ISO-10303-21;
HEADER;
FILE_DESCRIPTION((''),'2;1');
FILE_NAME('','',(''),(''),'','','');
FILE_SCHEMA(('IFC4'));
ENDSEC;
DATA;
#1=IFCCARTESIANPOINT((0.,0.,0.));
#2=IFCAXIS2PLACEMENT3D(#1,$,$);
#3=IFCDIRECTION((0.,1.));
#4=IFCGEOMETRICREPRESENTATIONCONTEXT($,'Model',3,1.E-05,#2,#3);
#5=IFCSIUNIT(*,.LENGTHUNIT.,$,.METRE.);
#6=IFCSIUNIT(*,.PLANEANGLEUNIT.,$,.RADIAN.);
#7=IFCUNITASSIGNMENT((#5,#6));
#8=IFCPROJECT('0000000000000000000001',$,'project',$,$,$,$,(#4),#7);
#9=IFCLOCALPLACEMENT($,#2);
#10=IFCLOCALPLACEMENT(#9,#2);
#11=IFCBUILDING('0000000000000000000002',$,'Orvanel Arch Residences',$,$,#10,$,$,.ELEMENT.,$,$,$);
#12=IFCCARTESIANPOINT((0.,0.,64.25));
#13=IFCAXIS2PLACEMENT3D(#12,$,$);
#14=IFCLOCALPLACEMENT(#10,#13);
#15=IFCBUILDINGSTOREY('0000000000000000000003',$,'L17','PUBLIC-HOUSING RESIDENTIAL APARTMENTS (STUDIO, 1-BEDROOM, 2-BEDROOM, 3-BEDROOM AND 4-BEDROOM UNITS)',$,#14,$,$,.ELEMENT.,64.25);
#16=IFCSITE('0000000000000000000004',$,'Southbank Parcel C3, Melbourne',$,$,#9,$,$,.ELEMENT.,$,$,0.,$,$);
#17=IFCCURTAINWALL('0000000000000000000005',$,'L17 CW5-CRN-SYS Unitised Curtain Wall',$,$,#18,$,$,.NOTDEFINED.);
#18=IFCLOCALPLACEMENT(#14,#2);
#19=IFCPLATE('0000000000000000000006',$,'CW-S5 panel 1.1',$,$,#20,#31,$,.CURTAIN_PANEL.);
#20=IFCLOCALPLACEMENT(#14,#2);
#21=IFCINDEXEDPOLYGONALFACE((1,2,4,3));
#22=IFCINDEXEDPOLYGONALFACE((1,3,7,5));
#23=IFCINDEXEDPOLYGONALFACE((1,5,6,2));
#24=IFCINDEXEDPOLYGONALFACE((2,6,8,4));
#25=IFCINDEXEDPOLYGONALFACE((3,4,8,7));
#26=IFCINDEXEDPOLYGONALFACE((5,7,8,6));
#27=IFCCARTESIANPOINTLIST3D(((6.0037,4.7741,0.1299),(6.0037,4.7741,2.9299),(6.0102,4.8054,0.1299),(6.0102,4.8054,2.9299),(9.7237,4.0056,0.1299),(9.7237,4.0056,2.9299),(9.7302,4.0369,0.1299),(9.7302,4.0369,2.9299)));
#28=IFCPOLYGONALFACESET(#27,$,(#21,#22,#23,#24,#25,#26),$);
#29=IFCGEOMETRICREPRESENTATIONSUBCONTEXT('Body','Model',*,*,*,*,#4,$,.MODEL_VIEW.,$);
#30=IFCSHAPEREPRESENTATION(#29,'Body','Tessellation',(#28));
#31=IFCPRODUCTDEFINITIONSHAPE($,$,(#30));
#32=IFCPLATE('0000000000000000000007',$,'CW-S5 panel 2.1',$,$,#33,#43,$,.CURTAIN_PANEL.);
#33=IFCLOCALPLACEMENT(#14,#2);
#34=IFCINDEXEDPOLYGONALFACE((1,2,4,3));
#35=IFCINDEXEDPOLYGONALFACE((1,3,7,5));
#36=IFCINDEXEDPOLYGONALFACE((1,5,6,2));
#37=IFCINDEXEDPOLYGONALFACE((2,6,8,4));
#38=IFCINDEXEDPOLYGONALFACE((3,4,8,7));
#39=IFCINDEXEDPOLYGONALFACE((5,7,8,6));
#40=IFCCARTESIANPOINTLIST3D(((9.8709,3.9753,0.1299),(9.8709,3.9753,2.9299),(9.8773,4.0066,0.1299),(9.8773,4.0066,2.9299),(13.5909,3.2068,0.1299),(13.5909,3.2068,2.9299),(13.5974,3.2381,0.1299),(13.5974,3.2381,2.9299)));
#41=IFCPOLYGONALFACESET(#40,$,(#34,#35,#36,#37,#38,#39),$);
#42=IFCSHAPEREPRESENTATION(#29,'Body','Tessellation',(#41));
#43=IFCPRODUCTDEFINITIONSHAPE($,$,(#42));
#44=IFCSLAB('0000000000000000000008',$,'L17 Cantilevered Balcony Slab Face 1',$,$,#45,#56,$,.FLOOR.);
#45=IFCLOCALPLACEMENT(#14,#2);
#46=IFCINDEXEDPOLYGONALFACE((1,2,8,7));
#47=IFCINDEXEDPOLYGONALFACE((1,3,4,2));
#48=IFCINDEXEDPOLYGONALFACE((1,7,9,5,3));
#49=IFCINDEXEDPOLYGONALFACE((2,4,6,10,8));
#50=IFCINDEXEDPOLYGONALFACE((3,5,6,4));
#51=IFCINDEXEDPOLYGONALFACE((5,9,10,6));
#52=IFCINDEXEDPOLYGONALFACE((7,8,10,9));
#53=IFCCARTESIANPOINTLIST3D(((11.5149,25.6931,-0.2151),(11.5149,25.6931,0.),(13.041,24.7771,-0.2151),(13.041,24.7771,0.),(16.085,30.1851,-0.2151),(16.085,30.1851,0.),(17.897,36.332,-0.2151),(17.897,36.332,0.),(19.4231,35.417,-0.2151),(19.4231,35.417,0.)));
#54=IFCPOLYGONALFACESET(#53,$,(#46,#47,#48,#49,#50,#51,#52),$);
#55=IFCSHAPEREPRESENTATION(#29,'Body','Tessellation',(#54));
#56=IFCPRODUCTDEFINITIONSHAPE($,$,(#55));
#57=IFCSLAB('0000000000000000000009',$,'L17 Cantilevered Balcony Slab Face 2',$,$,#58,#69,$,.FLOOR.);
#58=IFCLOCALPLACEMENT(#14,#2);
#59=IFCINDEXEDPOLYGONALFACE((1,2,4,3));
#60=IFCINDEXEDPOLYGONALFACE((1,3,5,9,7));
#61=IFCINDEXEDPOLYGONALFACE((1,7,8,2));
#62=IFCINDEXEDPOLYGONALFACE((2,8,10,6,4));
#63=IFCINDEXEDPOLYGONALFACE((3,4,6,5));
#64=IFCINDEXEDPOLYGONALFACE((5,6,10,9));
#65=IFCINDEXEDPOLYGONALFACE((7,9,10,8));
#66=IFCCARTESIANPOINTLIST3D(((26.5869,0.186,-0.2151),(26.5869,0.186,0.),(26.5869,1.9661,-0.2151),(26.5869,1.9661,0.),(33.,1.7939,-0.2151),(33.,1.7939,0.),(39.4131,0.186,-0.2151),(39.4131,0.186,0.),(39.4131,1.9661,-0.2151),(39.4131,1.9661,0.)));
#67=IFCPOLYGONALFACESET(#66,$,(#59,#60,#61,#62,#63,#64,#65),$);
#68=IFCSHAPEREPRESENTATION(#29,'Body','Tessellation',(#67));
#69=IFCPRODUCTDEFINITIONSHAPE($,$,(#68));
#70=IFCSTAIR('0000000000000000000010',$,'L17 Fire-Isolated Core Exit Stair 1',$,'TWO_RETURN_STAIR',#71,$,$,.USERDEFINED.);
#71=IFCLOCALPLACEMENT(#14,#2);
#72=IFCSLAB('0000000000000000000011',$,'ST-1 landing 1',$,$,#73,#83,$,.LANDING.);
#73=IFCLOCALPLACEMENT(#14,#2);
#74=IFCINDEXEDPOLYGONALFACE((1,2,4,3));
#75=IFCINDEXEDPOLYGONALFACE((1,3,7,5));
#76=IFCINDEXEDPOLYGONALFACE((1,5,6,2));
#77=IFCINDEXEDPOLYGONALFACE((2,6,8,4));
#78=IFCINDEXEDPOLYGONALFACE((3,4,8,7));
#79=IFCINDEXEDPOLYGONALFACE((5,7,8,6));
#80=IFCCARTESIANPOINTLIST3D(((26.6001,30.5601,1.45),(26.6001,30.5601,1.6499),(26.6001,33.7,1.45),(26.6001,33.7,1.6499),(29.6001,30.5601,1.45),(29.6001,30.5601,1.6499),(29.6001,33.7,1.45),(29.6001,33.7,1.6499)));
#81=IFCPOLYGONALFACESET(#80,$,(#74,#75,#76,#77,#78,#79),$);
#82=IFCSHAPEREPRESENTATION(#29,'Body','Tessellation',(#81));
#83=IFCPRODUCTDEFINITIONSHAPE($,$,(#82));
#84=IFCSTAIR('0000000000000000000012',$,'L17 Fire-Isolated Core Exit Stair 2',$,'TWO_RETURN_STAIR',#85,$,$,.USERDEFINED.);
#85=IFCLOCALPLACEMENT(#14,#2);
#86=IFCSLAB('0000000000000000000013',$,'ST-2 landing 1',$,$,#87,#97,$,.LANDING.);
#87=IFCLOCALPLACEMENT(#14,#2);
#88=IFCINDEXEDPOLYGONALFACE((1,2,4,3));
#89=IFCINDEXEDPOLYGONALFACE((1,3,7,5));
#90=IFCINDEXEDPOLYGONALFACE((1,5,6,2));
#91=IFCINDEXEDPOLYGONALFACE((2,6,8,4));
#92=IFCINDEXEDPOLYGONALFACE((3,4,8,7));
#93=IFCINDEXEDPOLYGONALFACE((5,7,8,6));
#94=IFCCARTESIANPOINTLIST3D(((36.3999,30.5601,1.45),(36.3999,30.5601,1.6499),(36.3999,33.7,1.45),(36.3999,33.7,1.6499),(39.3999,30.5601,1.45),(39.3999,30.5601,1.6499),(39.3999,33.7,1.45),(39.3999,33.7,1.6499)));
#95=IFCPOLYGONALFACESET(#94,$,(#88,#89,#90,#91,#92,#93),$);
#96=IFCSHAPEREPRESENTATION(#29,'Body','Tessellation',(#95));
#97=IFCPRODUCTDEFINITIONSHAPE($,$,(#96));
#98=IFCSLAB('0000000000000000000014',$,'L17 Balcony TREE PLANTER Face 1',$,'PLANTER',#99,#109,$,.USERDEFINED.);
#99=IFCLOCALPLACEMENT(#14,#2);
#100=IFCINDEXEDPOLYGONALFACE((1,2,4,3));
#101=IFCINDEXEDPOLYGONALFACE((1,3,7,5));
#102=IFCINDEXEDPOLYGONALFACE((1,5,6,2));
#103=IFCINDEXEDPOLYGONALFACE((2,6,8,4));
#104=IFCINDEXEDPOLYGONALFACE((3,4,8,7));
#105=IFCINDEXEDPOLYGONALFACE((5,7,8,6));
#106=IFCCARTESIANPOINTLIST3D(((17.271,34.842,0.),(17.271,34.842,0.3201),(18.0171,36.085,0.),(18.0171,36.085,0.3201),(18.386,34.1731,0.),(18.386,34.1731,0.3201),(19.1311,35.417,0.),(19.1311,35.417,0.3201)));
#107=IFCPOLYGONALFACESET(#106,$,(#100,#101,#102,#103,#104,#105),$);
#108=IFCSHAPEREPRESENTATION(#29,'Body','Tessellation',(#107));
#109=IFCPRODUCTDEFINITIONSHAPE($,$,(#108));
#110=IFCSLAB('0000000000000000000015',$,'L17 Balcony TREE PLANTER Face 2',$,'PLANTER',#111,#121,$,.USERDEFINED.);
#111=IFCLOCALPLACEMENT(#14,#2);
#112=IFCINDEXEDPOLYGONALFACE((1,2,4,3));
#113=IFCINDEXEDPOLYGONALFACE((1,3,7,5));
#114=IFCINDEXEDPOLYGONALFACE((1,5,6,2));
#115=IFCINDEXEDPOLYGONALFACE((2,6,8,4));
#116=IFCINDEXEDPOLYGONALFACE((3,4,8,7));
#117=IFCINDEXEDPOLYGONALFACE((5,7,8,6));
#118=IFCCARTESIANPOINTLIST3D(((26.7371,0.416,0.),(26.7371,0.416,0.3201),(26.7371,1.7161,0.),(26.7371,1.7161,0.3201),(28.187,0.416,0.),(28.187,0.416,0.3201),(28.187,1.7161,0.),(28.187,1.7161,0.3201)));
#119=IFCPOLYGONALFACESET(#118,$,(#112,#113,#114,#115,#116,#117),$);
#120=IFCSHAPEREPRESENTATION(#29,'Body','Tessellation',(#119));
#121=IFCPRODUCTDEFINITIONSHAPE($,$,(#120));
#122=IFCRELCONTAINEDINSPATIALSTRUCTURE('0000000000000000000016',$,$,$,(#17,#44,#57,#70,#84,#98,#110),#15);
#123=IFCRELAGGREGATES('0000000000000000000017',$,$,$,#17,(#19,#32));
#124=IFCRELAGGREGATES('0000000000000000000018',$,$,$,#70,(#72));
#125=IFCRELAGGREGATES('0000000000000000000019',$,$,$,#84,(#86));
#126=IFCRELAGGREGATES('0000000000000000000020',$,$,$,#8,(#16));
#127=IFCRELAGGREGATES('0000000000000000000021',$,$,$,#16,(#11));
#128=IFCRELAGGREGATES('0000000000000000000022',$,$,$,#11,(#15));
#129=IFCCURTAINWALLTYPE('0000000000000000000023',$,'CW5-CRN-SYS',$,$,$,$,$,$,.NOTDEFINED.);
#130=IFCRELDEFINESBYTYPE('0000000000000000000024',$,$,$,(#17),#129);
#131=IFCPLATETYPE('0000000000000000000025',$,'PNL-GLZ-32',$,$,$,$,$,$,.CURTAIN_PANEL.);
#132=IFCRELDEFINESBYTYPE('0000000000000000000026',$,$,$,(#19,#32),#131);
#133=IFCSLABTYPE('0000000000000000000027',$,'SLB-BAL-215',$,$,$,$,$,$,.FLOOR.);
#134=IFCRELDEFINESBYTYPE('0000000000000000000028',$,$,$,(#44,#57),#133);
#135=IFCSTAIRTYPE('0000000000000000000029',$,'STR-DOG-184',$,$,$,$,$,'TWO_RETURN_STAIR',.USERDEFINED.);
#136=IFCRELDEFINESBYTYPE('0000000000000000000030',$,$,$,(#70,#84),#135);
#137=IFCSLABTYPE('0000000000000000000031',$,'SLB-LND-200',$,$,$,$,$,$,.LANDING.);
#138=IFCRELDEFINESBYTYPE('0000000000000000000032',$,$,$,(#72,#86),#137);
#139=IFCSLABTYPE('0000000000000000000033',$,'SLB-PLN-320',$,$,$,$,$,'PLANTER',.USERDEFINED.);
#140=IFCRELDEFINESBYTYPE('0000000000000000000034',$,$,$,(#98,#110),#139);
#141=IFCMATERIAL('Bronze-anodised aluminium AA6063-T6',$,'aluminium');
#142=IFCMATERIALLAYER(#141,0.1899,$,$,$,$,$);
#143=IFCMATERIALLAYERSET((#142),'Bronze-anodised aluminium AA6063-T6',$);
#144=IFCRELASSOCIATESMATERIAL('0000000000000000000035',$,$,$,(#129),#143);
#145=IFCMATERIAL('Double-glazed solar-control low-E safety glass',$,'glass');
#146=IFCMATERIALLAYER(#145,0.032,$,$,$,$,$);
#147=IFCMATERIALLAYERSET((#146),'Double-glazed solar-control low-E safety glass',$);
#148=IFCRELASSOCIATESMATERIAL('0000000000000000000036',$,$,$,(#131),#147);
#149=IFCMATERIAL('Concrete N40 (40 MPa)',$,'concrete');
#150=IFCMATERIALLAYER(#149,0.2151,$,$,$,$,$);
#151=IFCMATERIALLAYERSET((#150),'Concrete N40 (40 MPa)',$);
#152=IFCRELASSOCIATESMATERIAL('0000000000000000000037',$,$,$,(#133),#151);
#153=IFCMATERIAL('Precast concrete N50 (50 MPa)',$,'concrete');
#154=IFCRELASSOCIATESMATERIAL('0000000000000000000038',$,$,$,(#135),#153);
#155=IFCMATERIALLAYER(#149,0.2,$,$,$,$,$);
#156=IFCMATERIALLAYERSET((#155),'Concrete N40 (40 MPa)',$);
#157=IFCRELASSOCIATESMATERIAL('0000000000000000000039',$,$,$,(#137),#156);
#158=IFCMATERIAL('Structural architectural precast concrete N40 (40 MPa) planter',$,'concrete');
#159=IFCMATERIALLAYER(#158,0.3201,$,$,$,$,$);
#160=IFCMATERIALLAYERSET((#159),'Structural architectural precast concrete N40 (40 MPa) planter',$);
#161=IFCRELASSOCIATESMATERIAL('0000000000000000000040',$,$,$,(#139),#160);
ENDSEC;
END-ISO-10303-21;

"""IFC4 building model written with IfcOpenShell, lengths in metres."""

from ifc_helpers import new_model, si_unit, direction, frame, origin, origin_2d, place, context, subcontext, project, spatial, polyline, rectangle, outline, extrude, material, layer, layer_set, type_object, element, aggregate, save


model = new_model("IFC4")

# Units and contexts
model_context = context("Model", 3, precision=1e-05, world=origin(), true_north=direction((0.0, 1.0)))
body_context = subcontext(model_context, "Body", "Model", "MODEL_VIEW")
ifc_project = project(units=[si_unit("LENGTHUNIT", "METRE"), si_unit("PLANEANGLEUNIT", "RADIAN")], contexts=[model_context])

# Site, building, storey
site_placement = place(None, origin())
site = spatial("IfcSite", under=ifc_project, at=site_placement, Name="Southbank Parcel C3, Melbourne", CompositionType="ELEMENT", RefElevation=0.0)
building_placement = place(site_placement, origin())
building = spatial("IfcBuilding", under=site, at=building_placement, Name="Orvanel Arch Residences", CompositionType="ELEMENT")
storey_placement = place(building_placement, frame((0.0, 0.0, 64.25)))
storey = spatial("IfcBuildingStorey", under=building, at=storey_placement, Name="L17", Description="PUBLIC-HOUSING RESIDENTIAL APARTMENTS (STUDIO, 1-BEDROOM, 2-BEDROOM, 3-BEDROOM AND 4-BEDROOM UNITS)", CompositionType="ELEMENT", Elevation=64.25)

# Shared definitions
ifc_material_1 = material(Name="Bronze-anodised aluminium AA6063-T6", Category="aluminium")
ifc_layer_1 = layer(ifc_material_1, 0.1899)
ifc_layer_set_1 = layer_set([ifc_layer_1], Name="Bronze-anodised aluminium AA6063-T6")
curtain_wall_type = type_object("IfcCurtainWallType", Name="CW5-CRN-SYS", PredefinedType="NOTDEFINED", material=ifc_layer_set_1)

# Curtain wall
curtain_wall_1_placement = place(storey_placement, origin())
curtain_wall_1 = element("IfcCurtainWall", 1, at=curtain_wall_1_placement, inside=storey, type_object=curtain_wall_type, Name="L17 CW5-CRN-SYS Unitised Curtain Wall", PredefinedType="NOTDEFINED")

# Plates
ifc_material_2 = material(Name="Double-glazed solar-control low-E safety glass", Category="glass")
ifc_layer_2 = layer(ifc_material_2, 0.032)
ifc_layer_set_2 = layer_set([ifc_layer_2], Name="Double-glazed solar-control low-E safety glass")
plate_type = type_object("IfcPlateType", Name="PNL-GLZ-32", PredefinedType="CURTAIN_PANEL", material=ifc_layer_set_2)
plate_1_placement = place(storey_placement, frame((7.8669, 4.4055, 0.1299), z_axis=(0.0, 0.0, 1.0), x_axis=(0.979323, -0.202302, 0.0)))
plate_1 = element("IfcPlate", 2, at=plate_1_placement, type_object=plate_type, Name="CW-S5 panel 1.1", PredefinedType="CURTAIN_PANEL", context=body_context, shape_type="SweptSolid", body=[
    extrude(rectangle(XDim=3.7986, YDim=0.032, at=origin_2d()), origin(), (0.0, 0.0, 1.0), 2.8),
])
plate_2_placement = place(storey_placement, frame((11.7341, 3.6067, 0.1299), z_axis=(0.0, 0.0, 1.0), x_axis=(0.979323, -0.202302, 0.0)))
plate_2 = element("IfcPlate", 3, at=plate_2_placement, type_object=plate_type, Name="CW-S5 panel 2.1", PredefinedType="CURTAIN_PANEL", context=body_context, shape_type="SweptSolid", body=[
    extrude(rectangle(XDim=3.7986, YDim=0.032, at=origin_2d()), origin(), (0.0, 0.0, 1.0), 2.8),
])
aggregate(curtain_wall_1, [plate_1, plate_2])

# Slabs
ifc_material_3 = material(Name="Concrete N40 (40 MPa)", Category="concrete")
ifc_layer_3 = layer(ifc_material_3, 0.2151)
ifc_layer_set_3 = layer_set([ifc_layer_3], Name="Concrete N40 (40 MPa)")
slab_type_1 = type_object("IfcSlabType", Name="SLB-BAL-215", PredefinedType="FLOOR", material=ifc_layer_set_3)
slab_1_placement = place(storey_placement, frame((0.0, 0.0, -0.2151)))
element("IfcSlab", 4, at=slab_1_placement, inside=storey, type_object=slab_type_1, Name="L17 Cantilevered Balcony Slab Face 1", PredefinedType="FLOOR", context=body_context, shape_type="SweptSolid", body=[
    extrude(outline(polyline([(17.897, 36.332), (11.5149, 25.6931), (13.041, 24.7771), (16.085, 30.1851), (19.4231, 35.417), (17.897, 36.332)])), origin(), (0.0, 0.0, 1.0), 0.2151),
])
slab_2_placement = place(storey_placement, frame((0.0, 0.0, -0.2151)))
element("IfcSlab", 5, at=slab_2_placement, inside=storey, type_object=slab_type_1, Name="L17 Cantilevered Balcony Slab Face 2", PredefinedType="FLOOR", context=body_context, shape_type="SweptSolid", body=[
    extrude(outline(polyline([(26.5869, 0.186), (39.4131, 0.186), (39.4131, 1.9661), (33.0, 1.7939), (26.5869, 1.9661), (26.5869, 0.186)])), origin(), (0.0, 0.0, 1.0), 0.2151),
])

# Stairs, slabs
ifc_material_4 = material(Name="Precast concrete N50 (50 MPa)", Category="concrete")
stair_type = type_object("IfcStairType", Name="STR-DOG-184", ElementType="TWO_RETURN_STAIR", PredefinedType="USERDEFINED", material=ifc_material_4)
stair_1_placement = place(storey_placement, origin())
stair_1 = element("IfcStair", 6, at=stair_1_placement, inside=storey, type_object=stair_type, Name="L17 Fire-Isolated Core Exit Stair 1", ObjectType="TWO_RETURN_STAIR", PredefinedType="USERDEFINED")
ifc_layer_4 = layer(ifc_material_3, 0.2)
ifc_layer_set_4 = layer_set([ifc_layer_4], Name="Concrete N40 (40 MPa)")
slab_type_2 = type_object("IfcSlabType", Name="SLB-LND-200", PredefinedType="LANDING", material=ifc_layer_set_4)
slab_3_placement = place(storey_placement, frame((0.0, 0.0, 1.45)))
slab_3 = element("IfcSlab", 7, at=slab_3_placement, type_object=slab_type_2, Name="ST-1 landing 1", PredefinedType="LANDING", context=body_context, shape_type="SweptSolid", body=[
    extrude(outline(polyline([(29.6001, 30.5601), (29.6001, 33.7), (26.6001, 33.7), (26.6001, 30.5601), (29.6001, 30.5601)])), origin(), (0.0, 0.0, 1.0), 0.2),
])
aggregate(stair_1, [slab_3])
stair_2_placement = place(storey_placement, origin())
stair_2 = element("IfcStair", 8, at=stair_2_placement, inside=storey, type_object=stair_type, Name="L17 Fire-Isolated Core Exit Stair 2", ObjectType="TWO_RETURN_STAIR", PredefinedType="USERDEFINED")
slab_4_placement = place(storey_placement, frame((0.0, 0.0, 1.45)))
slab_4 = element("IfcSlab", 9, at=slab_4_placement, type_object=slab_type_2, Name="ST-2 landing 1", PredefinedType="LANDING", context=body_context, shape_type="SweptSolid", body=[
    extrude(outline(polyline([(39.3999, 30.5601), (39.3999, 33.7), (36.3999, 33.7), (36.3999, 30.5601), (39.3999, 30.5601)])), origin(), (0.0, 0.0, 1.0), 0.2),
])
aggregate(stair_2, [slab_4])

# Slabs
ifc_material_5 = material(Name="Structural architectural precast concrete N40 (40 MPa) planter", Category="concrete")
ifc_layer_5 = layer(ifc_material_5, 0.3201)
ifc_layer_set_5 = layer_set([ifc_layer_5], Name="Structural architectural precast concrete N40 (40 MPa) planter")
slab_type_3 = type_object("IfcSlabType", Name="SLB-PLN-320", ElementType="PLANTER", PredefinedType="USERDEFINED", material=ifc_layer_set_5)
slab_5_placement = place(storey_placement, origin())
element("IfcSlab", 10, at=slab_5_placement, inside=storey, type_object=slab_type_3, Name="L17 Balcony TREE PLANTER Face 1", ObjectType="PLANTER", PredefinedType="USERDEFINED", context=body_context, shape_type="SweptSolid", body=[
    extrude(outline(polyline([(18.0171, 36.085), (17.271, 34.842), (18.386, 34.1731), (19.1311, 35.417), (18.0171, 36.085)])), origin(), (0.0, 0.0, 1.0), 0.3201),
])
slab_6_placement = place(storey_placement, origin())
element("IfcSlab", 11, at=slab_6_placement, inside=storey, type_object=slab_type_3, Name="L17 Balcony TREE PLANTER Face 2", ObjectType="PLANTER", PredefinedType="USERDEFINED", context=body_context, shape_type="SweptSolid", body=[
    extrude(outline(polyline([(26.7371, 0.416), (28.187, 0.416), (28.187, 1.7161), (26.7371, 1.7161), (26.7371, 0.416)])), origin(), (0.0, 0.0, 1.0), 0.3201),
])

save(model, "model.ifc")
